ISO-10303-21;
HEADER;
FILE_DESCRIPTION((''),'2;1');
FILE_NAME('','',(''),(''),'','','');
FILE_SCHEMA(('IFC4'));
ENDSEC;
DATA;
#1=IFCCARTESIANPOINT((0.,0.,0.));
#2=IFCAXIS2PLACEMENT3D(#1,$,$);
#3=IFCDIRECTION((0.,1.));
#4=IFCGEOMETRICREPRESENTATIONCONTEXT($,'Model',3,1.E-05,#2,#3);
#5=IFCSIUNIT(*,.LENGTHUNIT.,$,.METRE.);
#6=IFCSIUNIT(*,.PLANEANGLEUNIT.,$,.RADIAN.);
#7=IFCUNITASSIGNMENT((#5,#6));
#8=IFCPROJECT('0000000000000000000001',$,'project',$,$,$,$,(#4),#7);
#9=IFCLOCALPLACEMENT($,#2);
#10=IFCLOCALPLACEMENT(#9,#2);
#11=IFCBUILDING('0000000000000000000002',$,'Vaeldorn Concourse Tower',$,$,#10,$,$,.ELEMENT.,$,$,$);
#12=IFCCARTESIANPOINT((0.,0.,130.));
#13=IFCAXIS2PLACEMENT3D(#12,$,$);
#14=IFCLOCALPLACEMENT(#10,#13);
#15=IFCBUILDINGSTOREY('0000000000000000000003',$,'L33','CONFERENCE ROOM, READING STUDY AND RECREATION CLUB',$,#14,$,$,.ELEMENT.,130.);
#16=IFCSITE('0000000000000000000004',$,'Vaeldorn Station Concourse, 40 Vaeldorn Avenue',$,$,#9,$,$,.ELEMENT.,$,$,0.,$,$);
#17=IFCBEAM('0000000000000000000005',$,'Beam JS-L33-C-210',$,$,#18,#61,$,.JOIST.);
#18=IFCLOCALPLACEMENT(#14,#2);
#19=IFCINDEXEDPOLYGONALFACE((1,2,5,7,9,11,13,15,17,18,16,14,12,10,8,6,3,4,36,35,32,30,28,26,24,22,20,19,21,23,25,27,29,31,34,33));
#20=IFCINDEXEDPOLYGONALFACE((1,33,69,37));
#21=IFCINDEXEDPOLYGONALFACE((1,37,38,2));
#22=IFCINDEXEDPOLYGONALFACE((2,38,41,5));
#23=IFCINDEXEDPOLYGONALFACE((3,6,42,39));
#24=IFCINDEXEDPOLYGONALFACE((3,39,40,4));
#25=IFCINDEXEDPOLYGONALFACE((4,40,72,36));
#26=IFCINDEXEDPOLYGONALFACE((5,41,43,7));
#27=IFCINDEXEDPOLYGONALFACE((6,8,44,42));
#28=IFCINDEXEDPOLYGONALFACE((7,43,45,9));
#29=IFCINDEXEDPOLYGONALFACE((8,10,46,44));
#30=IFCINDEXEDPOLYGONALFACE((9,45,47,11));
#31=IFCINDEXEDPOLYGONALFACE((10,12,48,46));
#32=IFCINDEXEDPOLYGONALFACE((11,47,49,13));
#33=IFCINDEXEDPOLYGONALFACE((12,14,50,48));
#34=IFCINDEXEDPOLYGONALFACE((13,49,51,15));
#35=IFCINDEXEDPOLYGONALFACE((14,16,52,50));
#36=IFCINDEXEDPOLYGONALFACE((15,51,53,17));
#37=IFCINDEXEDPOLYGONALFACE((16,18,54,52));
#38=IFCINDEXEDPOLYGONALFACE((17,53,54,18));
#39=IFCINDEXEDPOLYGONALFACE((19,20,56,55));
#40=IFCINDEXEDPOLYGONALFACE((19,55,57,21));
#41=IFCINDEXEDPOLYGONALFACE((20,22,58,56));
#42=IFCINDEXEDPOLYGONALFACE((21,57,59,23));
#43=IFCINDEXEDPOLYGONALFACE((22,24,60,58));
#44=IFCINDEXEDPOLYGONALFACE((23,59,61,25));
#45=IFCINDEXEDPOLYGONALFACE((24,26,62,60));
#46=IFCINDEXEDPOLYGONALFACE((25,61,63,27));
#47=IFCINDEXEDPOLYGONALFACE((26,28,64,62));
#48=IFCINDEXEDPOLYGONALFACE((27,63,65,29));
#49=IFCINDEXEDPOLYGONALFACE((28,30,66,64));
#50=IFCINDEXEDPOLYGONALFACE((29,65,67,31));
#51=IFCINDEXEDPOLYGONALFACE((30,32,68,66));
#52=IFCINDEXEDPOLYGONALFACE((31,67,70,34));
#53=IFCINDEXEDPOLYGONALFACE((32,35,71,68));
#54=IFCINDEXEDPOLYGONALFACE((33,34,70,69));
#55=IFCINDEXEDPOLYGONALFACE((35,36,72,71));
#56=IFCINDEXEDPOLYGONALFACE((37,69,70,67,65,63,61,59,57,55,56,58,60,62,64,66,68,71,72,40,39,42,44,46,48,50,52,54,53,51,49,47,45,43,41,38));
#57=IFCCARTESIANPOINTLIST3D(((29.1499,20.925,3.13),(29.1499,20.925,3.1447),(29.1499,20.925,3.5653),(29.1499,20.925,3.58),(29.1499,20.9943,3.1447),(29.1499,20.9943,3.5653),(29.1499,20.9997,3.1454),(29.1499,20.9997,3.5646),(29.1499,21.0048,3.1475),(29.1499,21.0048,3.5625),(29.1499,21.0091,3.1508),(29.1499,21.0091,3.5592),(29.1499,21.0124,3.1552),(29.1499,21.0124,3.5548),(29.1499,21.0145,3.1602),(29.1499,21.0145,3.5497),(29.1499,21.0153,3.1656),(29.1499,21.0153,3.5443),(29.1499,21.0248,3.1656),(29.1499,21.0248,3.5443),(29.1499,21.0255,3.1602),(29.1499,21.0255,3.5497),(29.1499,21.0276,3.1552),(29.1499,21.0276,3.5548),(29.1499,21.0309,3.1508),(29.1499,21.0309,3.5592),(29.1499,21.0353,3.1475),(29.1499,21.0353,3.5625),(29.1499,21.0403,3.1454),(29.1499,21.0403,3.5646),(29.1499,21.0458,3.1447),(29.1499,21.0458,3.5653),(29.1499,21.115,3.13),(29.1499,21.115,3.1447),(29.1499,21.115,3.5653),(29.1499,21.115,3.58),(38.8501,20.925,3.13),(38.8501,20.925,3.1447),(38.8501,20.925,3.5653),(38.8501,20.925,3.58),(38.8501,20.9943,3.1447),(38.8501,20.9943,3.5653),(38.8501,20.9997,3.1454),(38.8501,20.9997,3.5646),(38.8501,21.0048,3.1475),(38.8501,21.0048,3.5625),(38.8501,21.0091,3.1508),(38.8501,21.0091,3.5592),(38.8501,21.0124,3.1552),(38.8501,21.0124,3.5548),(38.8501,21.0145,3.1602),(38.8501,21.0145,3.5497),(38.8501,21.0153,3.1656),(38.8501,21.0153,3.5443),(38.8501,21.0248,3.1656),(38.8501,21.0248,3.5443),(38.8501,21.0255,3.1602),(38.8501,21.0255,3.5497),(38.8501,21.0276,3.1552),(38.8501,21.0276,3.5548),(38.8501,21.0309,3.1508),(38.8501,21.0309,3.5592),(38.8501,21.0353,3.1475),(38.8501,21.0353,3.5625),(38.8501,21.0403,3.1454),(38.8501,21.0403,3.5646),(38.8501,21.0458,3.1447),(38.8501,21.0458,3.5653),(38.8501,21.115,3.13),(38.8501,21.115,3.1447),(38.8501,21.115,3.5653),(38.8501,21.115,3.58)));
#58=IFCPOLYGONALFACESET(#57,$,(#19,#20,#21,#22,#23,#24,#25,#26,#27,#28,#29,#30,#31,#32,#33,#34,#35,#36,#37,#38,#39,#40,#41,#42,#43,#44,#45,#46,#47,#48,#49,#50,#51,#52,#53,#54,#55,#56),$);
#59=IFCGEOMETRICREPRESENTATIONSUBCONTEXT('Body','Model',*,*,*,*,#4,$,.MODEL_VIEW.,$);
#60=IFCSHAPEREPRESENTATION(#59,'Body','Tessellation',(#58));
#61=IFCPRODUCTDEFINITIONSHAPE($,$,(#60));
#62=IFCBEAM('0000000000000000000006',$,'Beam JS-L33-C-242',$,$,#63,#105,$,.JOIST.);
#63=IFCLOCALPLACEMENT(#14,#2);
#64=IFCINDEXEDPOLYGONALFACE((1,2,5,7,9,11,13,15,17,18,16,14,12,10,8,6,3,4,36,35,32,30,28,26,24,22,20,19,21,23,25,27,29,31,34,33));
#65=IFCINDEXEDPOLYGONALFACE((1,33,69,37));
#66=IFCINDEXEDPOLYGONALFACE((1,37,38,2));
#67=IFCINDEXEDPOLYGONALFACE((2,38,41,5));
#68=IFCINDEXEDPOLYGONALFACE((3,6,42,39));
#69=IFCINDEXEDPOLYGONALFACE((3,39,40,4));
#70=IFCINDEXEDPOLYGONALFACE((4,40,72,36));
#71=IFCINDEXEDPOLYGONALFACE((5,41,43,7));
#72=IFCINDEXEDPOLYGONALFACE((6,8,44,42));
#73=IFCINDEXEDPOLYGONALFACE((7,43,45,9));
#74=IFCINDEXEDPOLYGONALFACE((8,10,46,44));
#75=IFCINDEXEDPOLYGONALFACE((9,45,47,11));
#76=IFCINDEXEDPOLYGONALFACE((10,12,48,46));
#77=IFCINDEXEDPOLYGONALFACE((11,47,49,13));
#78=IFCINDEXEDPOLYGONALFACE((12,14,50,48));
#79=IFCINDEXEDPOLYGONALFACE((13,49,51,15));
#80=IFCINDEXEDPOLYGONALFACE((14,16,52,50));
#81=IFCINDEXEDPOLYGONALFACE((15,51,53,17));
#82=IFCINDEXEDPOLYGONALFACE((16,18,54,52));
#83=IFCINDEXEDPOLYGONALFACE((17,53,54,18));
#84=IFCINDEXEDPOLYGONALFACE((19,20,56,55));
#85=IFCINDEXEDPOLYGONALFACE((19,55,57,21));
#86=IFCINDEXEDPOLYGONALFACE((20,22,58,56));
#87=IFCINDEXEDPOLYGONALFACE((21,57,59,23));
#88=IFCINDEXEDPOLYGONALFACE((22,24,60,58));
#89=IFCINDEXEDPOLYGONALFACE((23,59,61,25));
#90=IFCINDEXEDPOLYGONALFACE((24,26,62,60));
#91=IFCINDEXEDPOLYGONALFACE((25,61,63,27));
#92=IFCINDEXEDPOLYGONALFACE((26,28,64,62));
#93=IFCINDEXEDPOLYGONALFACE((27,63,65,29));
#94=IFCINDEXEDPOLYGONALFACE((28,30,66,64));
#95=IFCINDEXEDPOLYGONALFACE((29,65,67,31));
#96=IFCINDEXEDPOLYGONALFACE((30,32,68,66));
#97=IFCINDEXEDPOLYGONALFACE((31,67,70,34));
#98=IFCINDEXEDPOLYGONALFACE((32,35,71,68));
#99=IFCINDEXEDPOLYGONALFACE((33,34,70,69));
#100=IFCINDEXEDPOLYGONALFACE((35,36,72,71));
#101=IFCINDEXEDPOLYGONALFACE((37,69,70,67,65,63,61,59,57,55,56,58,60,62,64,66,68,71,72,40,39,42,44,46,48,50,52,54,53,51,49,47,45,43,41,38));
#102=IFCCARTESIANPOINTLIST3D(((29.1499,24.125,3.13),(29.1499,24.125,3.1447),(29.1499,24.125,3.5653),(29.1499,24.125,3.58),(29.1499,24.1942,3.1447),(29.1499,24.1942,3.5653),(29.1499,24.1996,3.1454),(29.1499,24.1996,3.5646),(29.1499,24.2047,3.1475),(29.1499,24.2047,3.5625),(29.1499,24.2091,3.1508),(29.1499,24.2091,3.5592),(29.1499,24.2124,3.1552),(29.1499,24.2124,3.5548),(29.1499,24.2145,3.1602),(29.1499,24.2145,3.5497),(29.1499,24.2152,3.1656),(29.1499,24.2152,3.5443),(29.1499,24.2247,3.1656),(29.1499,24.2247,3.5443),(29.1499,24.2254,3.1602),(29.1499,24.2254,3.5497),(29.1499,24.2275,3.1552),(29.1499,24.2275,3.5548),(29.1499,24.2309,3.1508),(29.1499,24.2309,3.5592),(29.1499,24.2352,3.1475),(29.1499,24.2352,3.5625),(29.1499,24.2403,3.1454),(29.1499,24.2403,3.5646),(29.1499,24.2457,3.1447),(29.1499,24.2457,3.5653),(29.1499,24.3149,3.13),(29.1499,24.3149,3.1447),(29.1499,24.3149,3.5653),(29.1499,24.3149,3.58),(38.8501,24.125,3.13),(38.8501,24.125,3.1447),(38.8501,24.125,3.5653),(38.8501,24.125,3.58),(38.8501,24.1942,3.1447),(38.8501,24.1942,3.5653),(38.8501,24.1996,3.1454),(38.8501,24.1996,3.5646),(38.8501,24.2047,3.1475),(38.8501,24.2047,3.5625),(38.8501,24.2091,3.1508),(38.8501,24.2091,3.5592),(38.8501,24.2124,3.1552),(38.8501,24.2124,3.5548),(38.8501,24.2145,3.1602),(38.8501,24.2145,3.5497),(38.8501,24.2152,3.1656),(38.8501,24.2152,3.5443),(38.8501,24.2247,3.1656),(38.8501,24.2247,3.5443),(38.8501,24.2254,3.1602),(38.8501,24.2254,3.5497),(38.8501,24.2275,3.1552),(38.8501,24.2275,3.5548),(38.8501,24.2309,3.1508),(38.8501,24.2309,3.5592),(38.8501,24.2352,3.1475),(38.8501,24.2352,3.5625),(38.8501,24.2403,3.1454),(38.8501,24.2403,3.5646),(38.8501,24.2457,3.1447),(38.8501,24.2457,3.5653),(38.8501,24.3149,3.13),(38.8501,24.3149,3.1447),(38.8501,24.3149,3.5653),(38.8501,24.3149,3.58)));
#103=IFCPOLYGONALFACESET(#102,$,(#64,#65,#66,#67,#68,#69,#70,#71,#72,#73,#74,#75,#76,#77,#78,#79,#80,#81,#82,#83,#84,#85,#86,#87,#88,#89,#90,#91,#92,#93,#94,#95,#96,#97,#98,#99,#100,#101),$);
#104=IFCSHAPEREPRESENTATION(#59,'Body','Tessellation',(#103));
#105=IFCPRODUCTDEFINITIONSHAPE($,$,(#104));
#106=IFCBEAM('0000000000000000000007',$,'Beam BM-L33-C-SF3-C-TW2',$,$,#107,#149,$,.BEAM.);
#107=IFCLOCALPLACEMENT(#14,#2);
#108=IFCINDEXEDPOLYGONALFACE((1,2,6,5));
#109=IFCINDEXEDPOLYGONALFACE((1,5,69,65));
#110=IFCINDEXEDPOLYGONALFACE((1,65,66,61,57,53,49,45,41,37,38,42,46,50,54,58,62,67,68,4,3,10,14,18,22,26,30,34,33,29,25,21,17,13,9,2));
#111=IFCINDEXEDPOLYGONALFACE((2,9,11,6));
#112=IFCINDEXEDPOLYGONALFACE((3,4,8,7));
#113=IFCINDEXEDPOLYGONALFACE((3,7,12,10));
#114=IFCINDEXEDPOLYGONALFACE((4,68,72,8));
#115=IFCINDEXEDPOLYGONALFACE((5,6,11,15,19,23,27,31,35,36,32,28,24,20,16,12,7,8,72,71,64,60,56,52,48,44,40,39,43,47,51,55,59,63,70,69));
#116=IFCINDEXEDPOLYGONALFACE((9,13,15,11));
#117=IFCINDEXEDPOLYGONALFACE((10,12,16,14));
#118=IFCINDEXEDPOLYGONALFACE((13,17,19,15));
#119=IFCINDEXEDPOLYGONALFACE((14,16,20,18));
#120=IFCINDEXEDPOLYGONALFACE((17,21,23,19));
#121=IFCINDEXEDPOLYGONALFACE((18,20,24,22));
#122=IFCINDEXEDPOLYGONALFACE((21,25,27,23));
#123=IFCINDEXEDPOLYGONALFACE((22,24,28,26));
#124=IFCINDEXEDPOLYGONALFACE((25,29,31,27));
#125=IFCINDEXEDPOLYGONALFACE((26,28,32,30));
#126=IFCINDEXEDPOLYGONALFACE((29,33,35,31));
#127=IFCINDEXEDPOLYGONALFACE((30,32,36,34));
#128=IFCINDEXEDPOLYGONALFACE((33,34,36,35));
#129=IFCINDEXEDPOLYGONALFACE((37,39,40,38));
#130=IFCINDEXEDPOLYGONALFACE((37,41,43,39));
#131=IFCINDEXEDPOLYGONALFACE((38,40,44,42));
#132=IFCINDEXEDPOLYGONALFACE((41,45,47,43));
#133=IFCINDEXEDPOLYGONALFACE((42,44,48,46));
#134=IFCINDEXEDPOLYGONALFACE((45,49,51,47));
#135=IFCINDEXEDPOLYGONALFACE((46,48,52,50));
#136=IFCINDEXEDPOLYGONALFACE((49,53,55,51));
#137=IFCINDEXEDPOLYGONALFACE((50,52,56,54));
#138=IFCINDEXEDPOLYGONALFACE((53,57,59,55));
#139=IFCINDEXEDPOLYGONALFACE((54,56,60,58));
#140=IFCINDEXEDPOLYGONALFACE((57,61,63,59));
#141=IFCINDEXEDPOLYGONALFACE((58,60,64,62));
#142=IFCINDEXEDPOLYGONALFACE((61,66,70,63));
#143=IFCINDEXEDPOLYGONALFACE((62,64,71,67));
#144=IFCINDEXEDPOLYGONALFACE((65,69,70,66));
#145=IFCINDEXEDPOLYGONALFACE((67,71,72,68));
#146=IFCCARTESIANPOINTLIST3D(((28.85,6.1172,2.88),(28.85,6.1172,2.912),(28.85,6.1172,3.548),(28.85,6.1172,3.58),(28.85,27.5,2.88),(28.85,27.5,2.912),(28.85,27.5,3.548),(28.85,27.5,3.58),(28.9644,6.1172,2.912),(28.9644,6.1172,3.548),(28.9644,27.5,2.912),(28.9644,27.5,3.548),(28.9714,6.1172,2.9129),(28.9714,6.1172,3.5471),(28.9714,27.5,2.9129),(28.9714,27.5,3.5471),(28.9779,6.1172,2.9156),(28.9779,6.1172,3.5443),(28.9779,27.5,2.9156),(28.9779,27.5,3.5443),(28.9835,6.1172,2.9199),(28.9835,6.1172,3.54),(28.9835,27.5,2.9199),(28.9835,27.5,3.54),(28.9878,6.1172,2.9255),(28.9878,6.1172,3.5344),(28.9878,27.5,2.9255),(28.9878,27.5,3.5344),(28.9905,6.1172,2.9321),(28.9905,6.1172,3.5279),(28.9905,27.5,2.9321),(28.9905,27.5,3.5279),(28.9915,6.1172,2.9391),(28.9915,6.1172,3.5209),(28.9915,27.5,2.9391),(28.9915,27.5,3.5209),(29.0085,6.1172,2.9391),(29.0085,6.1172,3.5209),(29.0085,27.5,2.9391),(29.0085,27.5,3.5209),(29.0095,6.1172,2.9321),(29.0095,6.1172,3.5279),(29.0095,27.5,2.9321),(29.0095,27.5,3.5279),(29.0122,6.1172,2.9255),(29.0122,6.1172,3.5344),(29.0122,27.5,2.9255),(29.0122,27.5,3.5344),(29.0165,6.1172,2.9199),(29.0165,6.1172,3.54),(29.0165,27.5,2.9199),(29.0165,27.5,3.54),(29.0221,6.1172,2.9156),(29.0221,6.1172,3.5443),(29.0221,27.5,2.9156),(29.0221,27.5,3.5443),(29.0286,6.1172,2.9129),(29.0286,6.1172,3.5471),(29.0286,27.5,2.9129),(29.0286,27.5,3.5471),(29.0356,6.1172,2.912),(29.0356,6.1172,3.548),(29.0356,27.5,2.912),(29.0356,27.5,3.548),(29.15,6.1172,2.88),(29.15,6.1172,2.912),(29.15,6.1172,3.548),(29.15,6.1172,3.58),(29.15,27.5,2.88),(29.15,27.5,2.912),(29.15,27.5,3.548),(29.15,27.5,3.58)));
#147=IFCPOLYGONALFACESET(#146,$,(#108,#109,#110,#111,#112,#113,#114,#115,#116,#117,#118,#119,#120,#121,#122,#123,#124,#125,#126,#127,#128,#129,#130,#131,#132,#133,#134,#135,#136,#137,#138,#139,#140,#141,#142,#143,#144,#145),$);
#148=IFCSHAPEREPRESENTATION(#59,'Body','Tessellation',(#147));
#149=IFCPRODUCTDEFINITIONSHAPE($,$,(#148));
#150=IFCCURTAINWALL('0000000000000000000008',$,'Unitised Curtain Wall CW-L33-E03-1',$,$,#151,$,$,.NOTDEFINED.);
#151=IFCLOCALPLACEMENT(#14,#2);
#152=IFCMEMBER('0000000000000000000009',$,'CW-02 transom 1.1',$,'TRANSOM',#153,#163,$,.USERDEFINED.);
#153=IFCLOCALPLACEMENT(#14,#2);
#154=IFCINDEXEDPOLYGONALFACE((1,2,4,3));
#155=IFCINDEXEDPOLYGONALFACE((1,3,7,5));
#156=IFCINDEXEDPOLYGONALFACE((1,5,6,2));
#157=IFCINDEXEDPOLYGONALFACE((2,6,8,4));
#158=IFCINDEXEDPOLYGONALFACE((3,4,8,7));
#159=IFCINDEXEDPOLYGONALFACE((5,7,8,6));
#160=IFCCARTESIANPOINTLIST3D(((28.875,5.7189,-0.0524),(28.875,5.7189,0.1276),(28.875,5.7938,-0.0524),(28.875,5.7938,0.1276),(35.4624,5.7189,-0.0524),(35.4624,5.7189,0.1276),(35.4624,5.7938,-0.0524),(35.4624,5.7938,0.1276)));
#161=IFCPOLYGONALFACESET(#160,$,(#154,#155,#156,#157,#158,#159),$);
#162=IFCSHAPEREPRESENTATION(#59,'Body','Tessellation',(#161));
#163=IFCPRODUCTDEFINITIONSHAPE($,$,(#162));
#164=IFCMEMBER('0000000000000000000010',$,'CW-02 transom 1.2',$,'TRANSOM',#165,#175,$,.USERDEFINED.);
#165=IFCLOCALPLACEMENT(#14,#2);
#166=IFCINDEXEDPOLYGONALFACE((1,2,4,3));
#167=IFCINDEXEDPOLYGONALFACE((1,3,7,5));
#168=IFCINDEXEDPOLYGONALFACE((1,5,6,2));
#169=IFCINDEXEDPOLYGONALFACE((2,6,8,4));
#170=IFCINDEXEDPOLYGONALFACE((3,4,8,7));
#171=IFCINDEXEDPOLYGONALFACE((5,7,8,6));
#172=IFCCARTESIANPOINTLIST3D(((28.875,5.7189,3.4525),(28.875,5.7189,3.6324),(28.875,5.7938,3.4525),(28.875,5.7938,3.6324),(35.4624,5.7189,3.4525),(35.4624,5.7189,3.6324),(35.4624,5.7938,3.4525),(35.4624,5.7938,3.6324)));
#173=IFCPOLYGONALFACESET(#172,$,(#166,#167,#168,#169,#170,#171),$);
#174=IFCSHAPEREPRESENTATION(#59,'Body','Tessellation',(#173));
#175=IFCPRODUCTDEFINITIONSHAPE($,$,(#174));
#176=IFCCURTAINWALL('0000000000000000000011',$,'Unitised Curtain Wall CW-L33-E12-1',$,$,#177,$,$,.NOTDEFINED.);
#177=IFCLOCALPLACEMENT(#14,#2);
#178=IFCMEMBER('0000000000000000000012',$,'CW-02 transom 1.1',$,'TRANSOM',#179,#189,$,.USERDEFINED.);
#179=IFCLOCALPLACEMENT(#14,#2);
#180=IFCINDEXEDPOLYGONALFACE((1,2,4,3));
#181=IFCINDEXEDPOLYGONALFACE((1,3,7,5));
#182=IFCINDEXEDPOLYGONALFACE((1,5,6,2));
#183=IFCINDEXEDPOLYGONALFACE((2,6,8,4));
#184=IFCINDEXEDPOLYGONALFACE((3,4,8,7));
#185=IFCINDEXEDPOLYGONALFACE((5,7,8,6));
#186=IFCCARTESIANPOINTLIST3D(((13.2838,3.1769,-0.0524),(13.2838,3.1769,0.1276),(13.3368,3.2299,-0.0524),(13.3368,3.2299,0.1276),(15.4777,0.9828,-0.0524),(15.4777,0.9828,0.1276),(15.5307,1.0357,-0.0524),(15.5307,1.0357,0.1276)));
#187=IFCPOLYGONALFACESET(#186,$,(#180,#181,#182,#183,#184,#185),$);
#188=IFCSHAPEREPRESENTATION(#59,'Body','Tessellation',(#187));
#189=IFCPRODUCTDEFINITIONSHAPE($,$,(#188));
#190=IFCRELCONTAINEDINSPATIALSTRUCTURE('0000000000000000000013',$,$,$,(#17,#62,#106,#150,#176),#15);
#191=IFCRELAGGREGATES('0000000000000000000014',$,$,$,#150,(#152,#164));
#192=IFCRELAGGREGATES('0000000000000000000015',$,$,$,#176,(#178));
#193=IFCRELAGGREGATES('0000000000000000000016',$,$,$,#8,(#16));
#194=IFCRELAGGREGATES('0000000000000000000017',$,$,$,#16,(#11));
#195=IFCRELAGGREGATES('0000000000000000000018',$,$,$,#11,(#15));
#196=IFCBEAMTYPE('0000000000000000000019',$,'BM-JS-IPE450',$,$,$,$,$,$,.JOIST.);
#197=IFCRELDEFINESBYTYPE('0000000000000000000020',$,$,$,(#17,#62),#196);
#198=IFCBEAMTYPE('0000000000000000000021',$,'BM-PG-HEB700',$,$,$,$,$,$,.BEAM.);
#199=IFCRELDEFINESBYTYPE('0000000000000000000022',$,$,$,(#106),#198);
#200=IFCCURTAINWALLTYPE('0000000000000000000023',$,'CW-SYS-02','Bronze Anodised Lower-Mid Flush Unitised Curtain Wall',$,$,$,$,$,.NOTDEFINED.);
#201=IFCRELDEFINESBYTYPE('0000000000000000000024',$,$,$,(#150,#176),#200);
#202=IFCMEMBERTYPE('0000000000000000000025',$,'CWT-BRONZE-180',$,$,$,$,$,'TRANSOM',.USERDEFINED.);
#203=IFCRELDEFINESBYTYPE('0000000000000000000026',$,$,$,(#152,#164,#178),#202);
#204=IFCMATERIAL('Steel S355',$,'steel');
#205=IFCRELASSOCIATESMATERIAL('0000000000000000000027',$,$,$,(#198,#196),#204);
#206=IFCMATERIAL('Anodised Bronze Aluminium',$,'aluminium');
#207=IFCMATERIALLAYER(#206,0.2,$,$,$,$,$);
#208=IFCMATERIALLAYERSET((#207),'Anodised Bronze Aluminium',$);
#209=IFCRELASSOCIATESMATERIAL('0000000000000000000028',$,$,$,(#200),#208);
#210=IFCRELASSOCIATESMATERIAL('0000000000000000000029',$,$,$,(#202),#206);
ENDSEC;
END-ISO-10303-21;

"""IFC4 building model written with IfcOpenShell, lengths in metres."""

from ifc_helpers import new_model, si_unit, direction, frame, origin, origin_2d, place, context, subcontext, project, spatial, rectangle, i_section, extrude, source, transform, mapped, material, layer, layer_set, material_profile, profile_set, type_object, element, aggregate, save


model = new_model("IFC4")

# Units and contexts
model_context = context("Model", 3, precision=1e-05, world=origin(), true_north=direction((0.0, 1.0)))
body_context = subcontext(model_context, "Body", "Model", "MODEL_VIEW")
ifc_project = project(units=[si_unit("LENGTHUNIT", "METRE"), si_unit("PLANEANGLEUNIT", "RADIAN")], contexts=[model_context])

# Site, building, storey
site_placement = place(None, origin())
site = spatial("IfcSite", under=ifc_project, at=site_placement, Name="Vaeldorn Station Concourse, 40 Vaeldorn Avenue", CompositionType="ELEMENT", RefElevation=0.0)
building_placement = place(site_placement, origin())
building = spatial("IfcBuilding", under=site, at=building_placement, Name="Vaeldorn Concourse Tower", CompositionType="ELEMENT")
storey_placement = place(building_placement, frame((0.0, 0.0, 130.0)))
storey = spatial("IfcBuildingStorey", under=building, at=storey_placement, Name="L33", Description="CONFERENCE ROOM, READING STUDY AND RECREATION CLUB", CompositionType="ELEMENT", Elevation=130.0)

# Beams
ifc_material_1 = material(Name="Steel S355", Category="steel")
ifc_material_profile_1 = material_profile(ifc_material_1, i_section(OverallWidth=0.3, OverallDepth=0.7, WebThickness=0.0171, FlangeThickness=0.032, FilletRadius=0.0271, at=origin_2d()), Name="HEB 700")
ifc_profile_set_1 = profile_set([ifc_material_profile_1], Name="Steel S355")
beam_type_1 = type_object("IfcBeamType", Name="BM-PG-HEB700", PredefinedType="BEAM", material=ifc_profile_set_1)
ifc_material_profile_2 = material_profile(ifc_material_1, i_section(OverallWidth=0.1899, OverallDepth=0.45, WebThickness=0.0095, FlangeThickness=0.0146, FilletRadius=0.021, at=origin_2d()), Name="IPE 450")
ifc_profile_set_2 = profile_set([ifc_material_profile_2], Name="Steel S355")
beam_type_2 = type_object("IfcBeamType", Name="BM-JS-IPE450", PredefinedType="JOIST", material=ifc_profile_set_2)
shared_shape_1 = source(origin(), body_context, "Body", "SweptSolid", [
    extrude(i_section(OverallWidth=0.1899, OverallDepth=0.45, WebThickness=0.0095, FlangeThickness=0.0146, FilletRadius=0.021, at=origin_2d()), origin(), (0.0, 0.0, 1.0), 9.7002),
])
for number, where, z_axis, x_axis, name in (
    (1, (29.1499, 21.02, 3.355), (1.0, 0.0, 0.0), (0.0, 1.0, 0.0), "Beam JS-L33-C-210"),
    (2, (29.1499, 24.22, 3.355), (1.0, 0.0, 0.0), (0.0, 1.0, 0.0), "Beam JS-L33-C-242"),
):
    element("IfcBeam", number, at=place(storey_placement, frame(where, z_axis=z_axis, x_axis=x_axis)), inside=storey, type_object=beam_type_2, Name=name, PredefinedType="JOIST", context=body_context, shape_type="MappedRepresentation", body=[
        mapped(shared_shape_1, transform((0.0, 0.0, 0.0), scale=1.0)),
    ])
shared_shape_2 = source(origin(), body_context, "Body", "SweptSolid", [
    extrude(i_section(OverallWidth=0.3, OverallDepth=0.7, WebThickness=0.0171, FlangeThickness=0.032, FilletRadius=0.0271, at=origin_2d()), origin(), (0.0, 0.0, 1.0), 21.3828),
])
beam_1_placement = place(storey_placement, frame((29.0, 6.1172, 3.23), z_axis=(0.0, 1.0, 0.0), x_axis=(-1.0, 0.0, 0.0)))
element("IfcBeam", 3, at=beam_1_placement, inside=storey, type_object=beam_type_1, Name="Beam BM-L33-C-SF3-C-TW2", PredefinedType="BEAM", context=body_context, shape_type="MappedRepresentation", body=[
    mapped(shared_shape_2, transform((0.0, 0.0, 0.0), scale=1.0)),
])

# Curtain walls, members
ifc_material_2 = material(Name="Anodised Bronze Aluminium", Category="aluminium")
ifc_layer_1 = layer(ifc_material_2, 0.2)
ifc_layer_set_1 = layer_set([ifc_layer_1], Name="Anodised Bronze Aluminium")
curtain_wall_type = type_object("IfcCurtainWallType", Name="CW-SYS-02", Description="Bronze Anodised Lower-Mid Flush Unitised Curtain Wall", PredefinedType="NOTDEFINED", material=ifc_layer_set_1)
curtain_wall_1_placement = place(storey_placement, origin())
curtain_wall_1 = element("IfcCurtainWall", 4, at=curtain_wall_1_placement, inside=storey, type_object=curtain_wall_type, Name="Unitised Curtain Wall CW-L33-E03-1", PredefinedType="NOTDEFINED")
ifc_material_profile_3 = material_profile(ifc_material_2, rectangle(XDim=0.075, YDim=0.1799, at=origin_2d()), Name="CWT 75x180")
ifc_profile_set_3 = profile_set([ifc_material_profile_3], Name="Anodised Bronze Aluminium")
member_type_1 = type_object("IfcMemberType", Name="CWT-BRONZE-180", ElementType="TRANSOM", PredefinedType="USERDEFINED", material=ifc_profile_set_3)
shared_shape_3 = source(origin(), body_context, "Body", "SweptSolid", [
    extrude(rectangle(XDim=0.075, YDim=0.1799, at=origin_2d()), origin(), (0.0, 0.0, 1.0), 6.5874),
])
member_1_placement = place(storey_placement, frame((28.875, 5.7563, 0.0376), z_axis=(1.0, 0.0, 0.0), x_axis=(0.0, 1.0, 0.0)))
member_1 = element("IfcMember", 5, at=member_1_placement, type_object=member_type_1, Name="CW-02 transom 1.1", ObjectType="TRANSOM", PredefinedType="USERDEFINED", context=body_context, shape_type="MappedRepresentation", body=[
    mapped(shared_shape_3, transform((0.0, 0.0, 0.0), scale=1.0)),
])
member_2_placement = place(storey_placement, frame((28.875, 5.7563, 3.5425), z_axis=(1.0, 0.0, 0.0), x_axis=(0.0, 1.0, 0.0)))
member_2 = element("IfcMember", 6, at=member_2_placement, type_object=member_type_1, Name="CW-02 transom 1.2", ObjectType="TRANSOM", PredefinedType="USERDEFINED", context=body_context, shape_type="MappedRepresentation", body=[
    mapped(shared_shape_3, transform((0.0, 0.0, 0.0), scale=1.0)),
])
curtain_wall_2_placement = place(storey_placement, origin())
curtain_wall_2 = element("IfcCurtainWall", 7, at=curtain_wall_2_placement, inside=storey, type_object=curtain_wall_type, Name="Unitised Curtain Wall CW-L33-E12-1", PredefinedType="NOTDEFINED")
shared_shape_4 = source(origin(), body_context, "Body", "SweptSolid", [
    extrude(rectangle(XDim=0.075, YDim=0.1799, at=origin_2d()), origin(), (0.0, 0.0, 1.0), 3.1028),
])
member_3_placement = place(storey_placement, frame((13.3103, 3.2034, 0.0376), z_axis=(0.707067, -0.707146, 0.0), x_axis=(0.707146, 0.707067, 0.0)))
member_3 = element("IfcMember", 8, at=member_3_placement, type_object=member_type_1, Name="CW-02 transom 1.1", ObjectType="TRANSOM", PredefinedType="USERDEFINED", context=body_context, shape_type="MappedRepresentation", body=[
    mapped(shared_shape_4, transform((0.0, 0.0, 0.0), scale=1.0)),
])

aggregate(curtain_wall_1, [member_1, member_2])
aggregate(curtain_wall_2, [member_3])

save(model, "model.ifc")
